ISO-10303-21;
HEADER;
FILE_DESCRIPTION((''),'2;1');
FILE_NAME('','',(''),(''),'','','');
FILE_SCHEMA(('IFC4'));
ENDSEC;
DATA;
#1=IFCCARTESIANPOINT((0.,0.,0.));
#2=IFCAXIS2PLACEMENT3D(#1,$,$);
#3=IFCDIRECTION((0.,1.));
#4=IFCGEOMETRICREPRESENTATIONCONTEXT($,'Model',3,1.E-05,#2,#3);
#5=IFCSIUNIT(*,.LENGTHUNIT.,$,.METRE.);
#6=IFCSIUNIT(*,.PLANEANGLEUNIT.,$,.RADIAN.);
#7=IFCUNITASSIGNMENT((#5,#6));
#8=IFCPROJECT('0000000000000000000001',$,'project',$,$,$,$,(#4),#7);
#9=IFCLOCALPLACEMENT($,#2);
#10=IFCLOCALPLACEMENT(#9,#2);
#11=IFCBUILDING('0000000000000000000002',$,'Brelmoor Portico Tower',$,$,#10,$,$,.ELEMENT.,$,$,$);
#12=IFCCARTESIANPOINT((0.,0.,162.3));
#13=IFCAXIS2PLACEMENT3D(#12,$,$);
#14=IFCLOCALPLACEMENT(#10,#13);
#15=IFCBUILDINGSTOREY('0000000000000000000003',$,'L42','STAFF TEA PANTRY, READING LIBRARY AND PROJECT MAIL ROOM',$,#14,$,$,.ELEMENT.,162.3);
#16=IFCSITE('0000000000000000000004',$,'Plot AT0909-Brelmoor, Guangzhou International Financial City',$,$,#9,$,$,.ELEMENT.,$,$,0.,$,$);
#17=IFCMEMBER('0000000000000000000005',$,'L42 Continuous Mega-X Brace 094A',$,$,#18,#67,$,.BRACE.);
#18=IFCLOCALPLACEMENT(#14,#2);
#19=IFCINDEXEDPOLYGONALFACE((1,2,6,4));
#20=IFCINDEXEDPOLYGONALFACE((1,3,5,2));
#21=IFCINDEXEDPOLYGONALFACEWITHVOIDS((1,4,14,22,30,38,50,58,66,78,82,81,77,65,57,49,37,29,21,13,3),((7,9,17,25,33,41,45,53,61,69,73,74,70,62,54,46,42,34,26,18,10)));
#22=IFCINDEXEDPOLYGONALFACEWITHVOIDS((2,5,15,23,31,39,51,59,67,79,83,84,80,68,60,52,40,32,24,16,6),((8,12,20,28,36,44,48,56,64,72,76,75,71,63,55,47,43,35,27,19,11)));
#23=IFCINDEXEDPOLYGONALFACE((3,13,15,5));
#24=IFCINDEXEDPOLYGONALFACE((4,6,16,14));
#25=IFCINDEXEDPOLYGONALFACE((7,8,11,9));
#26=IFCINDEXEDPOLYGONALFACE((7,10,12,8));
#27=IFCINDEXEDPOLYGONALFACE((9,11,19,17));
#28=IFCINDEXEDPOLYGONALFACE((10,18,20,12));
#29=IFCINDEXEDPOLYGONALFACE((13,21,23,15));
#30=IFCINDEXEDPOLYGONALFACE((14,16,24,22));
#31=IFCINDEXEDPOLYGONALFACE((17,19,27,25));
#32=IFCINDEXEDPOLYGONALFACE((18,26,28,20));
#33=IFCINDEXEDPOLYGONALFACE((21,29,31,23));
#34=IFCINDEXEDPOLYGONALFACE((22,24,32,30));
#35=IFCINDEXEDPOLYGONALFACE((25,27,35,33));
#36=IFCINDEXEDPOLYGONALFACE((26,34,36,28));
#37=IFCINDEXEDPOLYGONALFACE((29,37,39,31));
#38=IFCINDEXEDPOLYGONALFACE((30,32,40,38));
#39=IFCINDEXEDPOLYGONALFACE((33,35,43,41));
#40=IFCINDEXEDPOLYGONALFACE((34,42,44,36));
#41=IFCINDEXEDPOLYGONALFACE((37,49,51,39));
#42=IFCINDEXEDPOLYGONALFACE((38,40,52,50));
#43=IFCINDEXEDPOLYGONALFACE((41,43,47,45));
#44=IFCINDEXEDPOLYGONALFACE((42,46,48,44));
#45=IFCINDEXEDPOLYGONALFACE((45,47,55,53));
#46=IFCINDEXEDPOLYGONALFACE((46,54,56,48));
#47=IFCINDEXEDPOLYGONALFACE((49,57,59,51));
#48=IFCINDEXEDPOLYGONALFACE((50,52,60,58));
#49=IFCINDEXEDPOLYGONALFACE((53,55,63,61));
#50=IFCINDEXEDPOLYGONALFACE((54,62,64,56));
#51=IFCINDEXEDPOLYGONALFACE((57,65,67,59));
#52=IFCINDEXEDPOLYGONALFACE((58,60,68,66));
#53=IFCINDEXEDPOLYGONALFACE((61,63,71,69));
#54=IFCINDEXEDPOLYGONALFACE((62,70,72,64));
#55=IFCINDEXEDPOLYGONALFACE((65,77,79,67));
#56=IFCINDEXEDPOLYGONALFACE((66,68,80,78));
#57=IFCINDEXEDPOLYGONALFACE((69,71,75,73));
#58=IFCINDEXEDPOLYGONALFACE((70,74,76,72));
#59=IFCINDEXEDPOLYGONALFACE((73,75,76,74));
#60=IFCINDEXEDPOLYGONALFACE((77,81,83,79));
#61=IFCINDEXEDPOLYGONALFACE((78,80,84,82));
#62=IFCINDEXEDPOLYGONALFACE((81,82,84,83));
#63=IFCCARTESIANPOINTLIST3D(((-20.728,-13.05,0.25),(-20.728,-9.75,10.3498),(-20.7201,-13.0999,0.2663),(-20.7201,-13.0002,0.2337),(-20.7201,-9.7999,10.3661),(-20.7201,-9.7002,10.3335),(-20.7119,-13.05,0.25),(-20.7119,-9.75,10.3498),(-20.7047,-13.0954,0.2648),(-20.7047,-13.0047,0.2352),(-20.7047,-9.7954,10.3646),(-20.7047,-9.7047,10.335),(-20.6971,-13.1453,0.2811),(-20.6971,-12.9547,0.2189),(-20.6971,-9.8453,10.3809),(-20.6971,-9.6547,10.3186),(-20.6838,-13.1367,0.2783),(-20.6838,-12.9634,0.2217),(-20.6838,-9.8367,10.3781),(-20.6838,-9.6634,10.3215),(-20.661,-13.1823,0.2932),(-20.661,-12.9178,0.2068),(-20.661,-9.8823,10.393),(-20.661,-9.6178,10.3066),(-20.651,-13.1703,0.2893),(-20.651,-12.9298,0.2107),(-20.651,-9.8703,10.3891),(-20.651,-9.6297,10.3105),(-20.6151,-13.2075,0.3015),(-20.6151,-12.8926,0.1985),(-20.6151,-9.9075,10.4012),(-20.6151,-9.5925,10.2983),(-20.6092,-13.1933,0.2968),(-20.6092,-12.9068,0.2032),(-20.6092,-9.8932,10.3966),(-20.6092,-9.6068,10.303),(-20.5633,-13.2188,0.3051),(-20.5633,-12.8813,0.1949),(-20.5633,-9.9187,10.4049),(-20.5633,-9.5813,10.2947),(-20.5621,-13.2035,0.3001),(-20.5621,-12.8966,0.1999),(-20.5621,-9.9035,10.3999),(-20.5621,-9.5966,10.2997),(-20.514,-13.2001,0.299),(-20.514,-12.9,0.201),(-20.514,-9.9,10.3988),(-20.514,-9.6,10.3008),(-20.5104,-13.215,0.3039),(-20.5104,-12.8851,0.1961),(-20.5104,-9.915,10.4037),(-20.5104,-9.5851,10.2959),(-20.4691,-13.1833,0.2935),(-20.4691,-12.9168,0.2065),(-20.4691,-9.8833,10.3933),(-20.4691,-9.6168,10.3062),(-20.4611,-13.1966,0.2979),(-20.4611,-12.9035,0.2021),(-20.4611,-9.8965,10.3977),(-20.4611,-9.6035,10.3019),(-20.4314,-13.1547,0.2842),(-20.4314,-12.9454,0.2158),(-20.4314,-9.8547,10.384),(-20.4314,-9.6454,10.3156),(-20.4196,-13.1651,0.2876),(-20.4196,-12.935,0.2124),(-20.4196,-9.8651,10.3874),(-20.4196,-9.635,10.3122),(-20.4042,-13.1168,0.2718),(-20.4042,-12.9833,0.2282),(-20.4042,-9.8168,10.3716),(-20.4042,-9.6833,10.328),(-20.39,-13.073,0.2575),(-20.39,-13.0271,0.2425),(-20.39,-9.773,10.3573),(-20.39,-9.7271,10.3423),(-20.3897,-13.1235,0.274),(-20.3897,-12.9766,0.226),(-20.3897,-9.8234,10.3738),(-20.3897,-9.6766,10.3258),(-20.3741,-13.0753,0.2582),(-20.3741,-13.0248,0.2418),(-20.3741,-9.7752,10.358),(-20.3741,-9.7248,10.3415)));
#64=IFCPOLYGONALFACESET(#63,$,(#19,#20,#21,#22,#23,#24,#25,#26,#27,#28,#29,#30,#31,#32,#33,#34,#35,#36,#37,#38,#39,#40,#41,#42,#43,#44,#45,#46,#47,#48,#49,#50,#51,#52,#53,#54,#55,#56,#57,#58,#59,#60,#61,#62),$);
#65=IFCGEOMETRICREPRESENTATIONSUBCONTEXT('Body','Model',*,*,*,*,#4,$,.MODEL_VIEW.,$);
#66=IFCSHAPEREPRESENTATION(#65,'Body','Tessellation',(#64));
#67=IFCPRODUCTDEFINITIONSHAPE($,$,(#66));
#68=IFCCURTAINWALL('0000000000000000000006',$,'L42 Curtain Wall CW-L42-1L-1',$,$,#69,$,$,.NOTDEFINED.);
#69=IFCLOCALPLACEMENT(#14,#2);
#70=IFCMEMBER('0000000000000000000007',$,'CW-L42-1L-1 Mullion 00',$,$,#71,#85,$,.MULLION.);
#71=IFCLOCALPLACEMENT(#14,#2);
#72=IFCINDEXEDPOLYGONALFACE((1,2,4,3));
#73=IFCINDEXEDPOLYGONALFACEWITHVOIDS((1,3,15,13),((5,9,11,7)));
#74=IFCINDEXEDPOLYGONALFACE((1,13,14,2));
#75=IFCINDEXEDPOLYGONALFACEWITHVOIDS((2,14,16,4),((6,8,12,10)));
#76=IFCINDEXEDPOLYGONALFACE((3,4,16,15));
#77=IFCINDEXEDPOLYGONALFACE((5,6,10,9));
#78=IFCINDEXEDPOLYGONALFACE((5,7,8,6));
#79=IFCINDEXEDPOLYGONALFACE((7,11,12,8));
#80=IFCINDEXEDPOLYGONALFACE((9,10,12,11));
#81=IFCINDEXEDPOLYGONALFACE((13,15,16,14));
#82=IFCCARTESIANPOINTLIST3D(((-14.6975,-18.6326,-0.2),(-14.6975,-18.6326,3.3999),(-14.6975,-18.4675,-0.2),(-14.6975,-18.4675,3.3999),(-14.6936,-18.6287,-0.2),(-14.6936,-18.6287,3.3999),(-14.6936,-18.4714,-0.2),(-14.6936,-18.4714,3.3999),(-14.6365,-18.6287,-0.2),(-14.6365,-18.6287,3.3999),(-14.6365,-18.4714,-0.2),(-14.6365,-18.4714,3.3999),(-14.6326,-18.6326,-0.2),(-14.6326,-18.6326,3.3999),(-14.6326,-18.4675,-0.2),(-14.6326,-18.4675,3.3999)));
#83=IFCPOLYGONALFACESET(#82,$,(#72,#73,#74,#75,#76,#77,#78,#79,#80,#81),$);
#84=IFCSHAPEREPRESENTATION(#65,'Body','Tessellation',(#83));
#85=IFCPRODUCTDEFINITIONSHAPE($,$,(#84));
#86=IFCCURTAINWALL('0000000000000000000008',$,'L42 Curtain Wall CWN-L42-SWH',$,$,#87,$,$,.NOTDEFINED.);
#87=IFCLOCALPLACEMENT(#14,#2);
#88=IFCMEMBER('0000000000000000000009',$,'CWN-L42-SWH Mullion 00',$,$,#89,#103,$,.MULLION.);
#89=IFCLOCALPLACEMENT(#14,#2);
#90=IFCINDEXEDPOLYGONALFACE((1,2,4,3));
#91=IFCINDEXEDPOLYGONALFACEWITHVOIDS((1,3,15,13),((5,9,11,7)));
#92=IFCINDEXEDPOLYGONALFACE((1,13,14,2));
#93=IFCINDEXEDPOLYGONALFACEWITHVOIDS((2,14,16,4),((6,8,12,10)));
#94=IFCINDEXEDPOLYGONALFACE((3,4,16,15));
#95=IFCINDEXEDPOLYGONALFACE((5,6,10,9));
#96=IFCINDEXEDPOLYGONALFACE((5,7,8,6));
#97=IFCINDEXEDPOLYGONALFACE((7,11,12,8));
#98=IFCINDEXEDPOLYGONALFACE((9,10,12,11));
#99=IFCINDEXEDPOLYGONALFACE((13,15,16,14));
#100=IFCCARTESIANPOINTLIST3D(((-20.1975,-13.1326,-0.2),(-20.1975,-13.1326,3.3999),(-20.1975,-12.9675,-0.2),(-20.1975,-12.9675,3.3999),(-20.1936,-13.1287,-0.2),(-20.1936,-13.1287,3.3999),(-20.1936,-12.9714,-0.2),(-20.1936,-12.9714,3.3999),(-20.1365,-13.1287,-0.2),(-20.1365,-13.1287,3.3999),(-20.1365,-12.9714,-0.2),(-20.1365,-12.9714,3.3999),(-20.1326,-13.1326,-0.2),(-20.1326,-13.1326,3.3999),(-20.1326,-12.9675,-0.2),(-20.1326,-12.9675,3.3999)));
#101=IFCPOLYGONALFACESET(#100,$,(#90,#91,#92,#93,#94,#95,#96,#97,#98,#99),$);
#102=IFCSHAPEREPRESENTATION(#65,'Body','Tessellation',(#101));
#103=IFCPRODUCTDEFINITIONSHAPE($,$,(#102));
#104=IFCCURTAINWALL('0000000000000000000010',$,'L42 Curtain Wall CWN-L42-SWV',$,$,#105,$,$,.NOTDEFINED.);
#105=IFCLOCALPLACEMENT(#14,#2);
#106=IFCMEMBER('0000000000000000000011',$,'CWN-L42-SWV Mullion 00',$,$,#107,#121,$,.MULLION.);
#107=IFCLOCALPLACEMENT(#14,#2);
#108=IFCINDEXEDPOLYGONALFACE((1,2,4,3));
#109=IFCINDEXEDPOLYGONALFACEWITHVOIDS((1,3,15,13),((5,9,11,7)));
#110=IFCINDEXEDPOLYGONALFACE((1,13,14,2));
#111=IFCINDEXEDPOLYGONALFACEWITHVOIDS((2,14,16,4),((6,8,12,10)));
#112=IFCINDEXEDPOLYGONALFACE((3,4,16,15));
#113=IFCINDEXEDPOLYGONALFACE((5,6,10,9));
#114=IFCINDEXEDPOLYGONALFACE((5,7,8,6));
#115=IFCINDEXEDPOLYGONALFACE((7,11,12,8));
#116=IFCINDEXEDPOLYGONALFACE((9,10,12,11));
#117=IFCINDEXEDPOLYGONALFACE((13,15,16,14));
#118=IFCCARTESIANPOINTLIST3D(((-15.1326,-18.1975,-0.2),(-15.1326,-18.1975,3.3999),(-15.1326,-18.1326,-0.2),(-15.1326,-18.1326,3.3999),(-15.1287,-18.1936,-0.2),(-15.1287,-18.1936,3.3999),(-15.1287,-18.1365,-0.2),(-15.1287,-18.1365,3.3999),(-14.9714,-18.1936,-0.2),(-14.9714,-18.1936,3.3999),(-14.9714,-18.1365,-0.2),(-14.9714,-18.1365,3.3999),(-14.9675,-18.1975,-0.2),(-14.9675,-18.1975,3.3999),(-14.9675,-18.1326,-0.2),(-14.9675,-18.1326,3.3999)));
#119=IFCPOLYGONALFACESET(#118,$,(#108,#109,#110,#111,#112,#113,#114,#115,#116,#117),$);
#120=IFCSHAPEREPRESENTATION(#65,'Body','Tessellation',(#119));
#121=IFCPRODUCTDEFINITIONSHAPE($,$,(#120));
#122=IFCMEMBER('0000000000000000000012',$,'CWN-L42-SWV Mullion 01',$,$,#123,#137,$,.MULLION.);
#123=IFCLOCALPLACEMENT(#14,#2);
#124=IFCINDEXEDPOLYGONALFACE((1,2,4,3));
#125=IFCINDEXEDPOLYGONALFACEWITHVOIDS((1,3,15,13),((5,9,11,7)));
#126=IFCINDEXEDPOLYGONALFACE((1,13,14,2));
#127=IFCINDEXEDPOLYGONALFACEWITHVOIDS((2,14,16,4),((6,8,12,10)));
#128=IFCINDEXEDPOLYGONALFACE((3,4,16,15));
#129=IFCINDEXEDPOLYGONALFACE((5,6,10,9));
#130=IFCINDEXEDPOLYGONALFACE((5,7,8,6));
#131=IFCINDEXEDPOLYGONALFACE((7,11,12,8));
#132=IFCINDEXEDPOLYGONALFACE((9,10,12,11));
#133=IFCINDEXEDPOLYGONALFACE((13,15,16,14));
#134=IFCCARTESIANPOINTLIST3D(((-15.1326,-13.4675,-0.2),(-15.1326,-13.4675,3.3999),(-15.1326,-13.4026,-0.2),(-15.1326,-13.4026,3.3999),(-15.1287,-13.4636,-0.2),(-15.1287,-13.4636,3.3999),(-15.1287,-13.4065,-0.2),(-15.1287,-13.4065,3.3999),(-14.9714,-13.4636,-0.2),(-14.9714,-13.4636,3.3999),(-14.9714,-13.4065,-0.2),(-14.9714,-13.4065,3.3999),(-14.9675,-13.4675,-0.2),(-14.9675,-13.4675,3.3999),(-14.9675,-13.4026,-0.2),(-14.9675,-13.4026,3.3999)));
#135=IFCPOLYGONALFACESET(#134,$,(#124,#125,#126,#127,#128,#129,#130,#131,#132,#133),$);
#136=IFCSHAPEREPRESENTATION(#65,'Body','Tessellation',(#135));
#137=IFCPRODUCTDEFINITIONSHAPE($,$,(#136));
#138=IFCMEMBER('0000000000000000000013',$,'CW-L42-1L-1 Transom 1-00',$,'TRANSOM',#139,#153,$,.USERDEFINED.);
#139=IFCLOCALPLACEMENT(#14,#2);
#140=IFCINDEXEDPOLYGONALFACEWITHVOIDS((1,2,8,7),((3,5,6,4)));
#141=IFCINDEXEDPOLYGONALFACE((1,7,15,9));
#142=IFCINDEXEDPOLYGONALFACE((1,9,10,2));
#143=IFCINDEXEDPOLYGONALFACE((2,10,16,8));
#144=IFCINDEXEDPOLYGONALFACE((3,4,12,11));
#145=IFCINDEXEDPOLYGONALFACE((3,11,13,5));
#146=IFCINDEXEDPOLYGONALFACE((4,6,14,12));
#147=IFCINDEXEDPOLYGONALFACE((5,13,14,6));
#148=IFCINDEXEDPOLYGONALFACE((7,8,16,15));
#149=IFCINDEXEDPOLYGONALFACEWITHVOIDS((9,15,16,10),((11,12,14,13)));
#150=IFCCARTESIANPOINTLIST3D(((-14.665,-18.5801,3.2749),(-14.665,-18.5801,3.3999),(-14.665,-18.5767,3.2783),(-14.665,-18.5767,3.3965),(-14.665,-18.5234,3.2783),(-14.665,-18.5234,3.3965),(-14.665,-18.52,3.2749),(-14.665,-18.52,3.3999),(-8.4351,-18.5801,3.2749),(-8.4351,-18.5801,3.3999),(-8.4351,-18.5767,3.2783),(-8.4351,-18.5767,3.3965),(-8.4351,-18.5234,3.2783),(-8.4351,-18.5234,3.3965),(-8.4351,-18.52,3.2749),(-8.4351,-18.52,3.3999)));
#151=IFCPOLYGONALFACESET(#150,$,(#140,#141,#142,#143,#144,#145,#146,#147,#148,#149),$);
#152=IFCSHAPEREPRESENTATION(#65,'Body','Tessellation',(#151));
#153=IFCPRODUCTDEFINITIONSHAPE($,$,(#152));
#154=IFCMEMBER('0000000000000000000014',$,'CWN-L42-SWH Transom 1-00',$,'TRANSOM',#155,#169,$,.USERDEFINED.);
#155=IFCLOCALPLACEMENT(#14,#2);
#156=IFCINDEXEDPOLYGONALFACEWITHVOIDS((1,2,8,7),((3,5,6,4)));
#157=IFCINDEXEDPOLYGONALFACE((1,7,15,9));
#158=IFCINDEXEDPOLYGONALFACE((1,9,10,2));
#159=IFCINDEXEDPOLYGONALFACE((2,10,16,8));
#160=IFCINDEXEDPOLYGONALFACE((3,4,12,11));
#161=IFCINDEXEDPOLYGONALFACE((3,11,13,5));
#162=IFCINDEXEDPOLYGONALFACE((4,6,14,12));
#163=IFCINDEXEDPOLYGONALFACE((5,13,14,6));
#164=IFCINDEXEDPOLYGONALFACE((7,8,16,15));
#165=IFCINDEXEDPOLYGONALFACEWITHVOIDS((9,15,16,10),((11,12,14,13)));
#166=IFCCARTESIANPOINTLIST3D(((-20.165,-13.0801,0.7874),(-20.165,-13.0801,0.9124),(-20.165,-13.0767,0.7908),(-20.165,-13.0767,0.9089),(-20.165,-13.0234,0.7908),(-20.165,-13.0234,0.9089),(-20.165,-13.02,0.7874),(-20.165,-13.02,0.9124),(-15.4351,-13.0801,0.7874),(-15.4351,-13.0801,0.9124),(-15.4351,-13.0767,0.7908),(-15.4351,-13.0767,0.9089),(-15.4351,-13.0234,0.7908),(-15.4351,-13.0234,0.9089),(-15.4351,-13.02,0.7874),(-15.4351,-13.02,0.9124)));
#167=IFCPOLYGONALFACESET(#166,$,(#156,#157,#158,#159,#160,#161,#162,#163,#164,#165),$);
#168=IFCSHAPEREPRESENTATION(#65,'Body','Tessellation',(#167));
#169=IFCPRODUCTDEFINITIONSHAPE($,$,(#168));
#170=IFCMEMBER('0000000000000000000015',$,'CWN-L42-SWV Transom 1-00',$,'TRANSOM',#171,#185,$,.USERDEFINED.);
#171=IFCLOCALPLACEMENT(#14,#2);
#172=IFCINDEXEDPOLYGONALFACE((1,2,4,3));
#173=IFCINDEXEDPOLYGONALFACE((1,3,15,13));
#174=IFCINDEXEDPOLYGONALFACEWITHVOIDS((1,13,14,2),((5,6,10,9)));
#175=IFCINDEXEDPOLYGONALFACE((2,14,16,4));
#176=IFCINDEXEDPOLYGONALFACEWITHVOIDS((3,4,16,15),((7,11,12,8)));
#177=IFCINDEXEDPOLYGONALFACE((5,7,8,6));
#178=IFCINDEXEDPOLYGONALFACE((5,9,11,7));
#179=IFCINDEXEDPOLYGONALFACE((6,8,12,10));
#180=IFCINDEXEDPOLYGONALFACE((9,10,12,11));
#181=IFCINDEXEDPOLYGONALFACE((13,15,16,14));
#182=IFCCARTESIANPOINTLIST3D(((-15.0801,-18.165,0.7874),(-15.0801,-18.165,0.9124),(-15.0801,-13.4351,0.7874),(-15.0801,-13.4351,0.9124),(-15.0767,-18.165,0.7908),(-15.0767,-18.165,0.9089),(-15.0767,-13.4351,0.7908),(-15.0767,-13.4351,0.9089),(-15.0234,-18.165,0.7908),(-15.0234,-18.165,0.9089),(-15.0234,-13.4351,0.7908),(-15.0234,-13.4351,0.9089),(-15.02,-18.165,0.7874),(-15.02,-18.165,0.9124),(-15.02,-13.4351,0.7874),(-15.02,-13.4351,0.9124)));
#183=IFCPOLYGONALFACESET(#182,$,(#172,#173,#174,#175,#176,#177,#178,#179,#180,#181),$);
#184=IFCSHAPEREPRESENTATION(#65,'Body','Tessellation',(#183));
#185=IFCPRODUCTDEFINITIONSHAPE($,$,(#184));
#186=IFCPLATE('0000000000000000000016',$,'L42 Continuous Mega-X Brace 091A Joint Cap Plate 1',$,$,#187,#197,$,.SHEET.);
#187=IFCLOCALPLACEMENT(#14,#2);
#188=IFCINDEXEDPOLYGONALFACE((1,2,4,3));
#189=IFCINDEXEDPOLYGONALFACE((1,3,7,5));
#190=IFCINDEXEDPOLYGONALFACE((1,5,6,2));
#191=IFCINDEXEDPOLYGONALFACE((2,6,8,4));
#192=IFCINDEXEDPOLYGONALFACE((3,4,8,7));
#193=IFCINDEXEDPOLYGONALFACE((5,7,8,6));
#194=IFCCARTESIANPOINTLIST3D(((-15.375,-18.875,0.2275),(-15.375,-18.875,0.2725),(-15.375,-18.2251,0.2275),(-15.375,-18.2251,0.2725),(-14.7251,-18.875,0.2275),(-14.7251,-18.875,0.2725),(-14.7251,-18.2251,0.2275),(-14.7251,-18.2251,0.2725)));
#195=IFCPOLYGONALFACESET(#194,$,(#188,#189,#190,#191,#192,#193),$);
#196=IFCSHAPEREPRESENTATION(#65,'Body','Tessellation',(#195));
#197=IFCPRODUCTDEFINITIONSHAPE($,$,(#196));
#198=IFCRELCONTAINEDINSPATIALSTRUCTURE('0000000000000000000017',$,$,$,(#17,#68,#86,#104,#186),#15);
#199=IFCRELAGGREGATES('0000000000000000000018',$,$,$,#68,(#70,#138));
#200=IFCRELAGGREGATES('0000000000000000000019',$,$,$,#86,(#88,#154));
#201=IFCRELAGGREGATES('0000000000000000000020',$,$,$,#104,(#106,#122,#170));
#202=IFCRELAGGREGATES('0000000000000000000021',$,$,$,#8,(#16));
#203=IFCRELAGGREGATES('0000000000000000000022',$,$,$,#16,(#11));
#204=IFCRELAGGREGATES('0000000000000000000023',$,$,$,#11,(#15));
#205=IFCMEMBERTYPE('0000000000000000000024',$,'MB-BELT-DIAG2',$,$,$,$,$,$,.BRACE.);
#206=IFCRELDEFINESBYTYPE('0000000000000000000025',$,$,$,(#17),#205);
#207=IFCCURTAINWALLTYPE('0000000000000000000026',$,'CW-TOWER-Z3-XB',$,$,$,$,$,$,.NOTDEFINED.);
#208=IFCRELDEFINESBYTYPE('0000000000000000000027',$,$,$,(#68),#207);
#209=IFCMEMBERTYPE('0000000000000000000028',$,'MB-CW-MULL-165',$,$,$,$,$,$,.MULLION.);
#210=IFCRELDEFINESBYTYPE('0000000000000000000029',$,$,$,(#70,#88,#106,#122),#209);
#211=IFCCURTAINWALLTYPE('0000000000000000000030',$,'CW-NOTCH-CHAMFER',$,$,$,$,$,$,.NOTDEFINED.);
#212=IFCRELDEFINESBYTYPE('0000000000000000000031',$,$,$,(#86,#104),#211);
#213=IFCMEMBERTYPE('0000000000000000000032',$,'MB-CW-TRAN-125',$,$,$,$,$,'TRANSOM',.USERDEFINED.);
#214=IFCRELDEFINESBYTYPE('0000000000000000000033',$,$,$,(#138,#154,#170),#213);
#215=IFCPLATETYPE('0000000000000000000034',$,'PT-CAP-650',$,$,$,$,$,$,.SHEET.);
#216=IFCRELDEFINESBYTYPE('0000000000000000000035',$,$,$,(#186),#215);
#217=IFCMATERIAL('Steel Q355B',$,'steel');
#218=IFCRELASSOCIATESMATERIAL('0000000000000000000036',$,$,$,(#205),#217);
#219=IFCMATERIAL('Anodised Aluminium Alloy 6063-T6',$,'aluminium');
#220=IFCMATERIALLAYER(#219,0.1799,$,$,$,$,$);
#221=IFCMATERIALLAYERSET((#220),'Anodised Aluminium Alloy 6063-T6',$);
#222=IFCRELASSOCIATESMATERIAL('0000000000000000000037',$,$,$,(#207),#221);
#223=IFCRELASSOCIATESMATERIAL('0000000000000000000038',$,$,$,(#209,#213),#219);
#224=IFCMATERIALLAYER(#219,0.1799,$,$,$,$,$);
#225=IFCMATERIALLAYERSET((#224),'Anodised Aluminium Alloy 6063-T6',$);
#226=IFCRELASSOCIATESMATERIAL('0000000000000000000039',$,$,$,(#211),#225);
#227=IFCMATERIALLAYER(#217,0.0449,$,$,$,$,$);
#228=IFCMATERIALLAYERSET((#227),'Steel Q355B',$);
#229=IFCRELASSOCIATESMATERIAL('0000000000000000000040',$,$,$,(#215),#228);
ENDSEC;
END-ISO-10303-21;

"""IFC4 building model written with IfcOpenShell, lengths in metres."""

from ifc_helpers import new_model, si_unit, direction, frame, origin, origin_2d, place, context, subcontext, project, spatial, rectangle, hollow_rectangle, hollow_circle, extrude, material, layer, layer_set, material_profile, profile_set, type_object, element, aggregate, save


model = new_model("IFC4")

# Units and contexts
model_context = context("Model", 3, precision=1e-05, world=origin(), true_north=direction((0.0, 1.0)))
body_context = subcontext(model_context, "Body", "Model", "MODEL_VIEW")
ifc_project = project(units=[si_unit("LENGTHUNIT", "METRE"), si_unit("PLANEANGLEUNIT", "RADIAN")], contexts=[model_context])

# Site, building, storey
site_placement = place(None, origin())
site = spatial("IfcSite", under=ifc_project, at=site_placement, Name="Plot AT0909-Brelmoor, Guangzhou International Financial City", CompositionType="ELEMENT", RefElevation=0.0)
building_placement = place(site_placement, origin())
building = spatial("IfcBuilding", under=site, at=building_placement, Name="Brelmoor Portico Tower", CompositionType="ELEMENT")
storey_placement = place(building_placement, frame((0.0, 0.0, 162.3)))
storey = spatial("IfcBuildingStorey", under=building, at=storey_placement, Name="L42", Description="STAFF TEA PANTRY, READING LIBRARY AND PROJECT MAIL ROOM", CompositionType="ELEMENT", Elevation=162.3)

# Shared definitions
ifc_material_1 = material(Name="Steel Q355B", Category="steel")

# Member
ifc_material_profile_1 = material_profile(ifc_material_1, hollow_circle(Radius=0.178, WallThickness=0.0161, at=origin_2d()), Name="CHS 356x16")
ifc_profile_set_1 = profile_set([ifc_material_profile_1], Name="Steel Q355B")
member_type_1 = type_object("IfcMemberType", Name="MB-BELT-DIAG2", PredefinedType="BRACE", material=ifc_profile_set_1)
member_1_placement = place(storey_placement, frame((-20.55, -13.05, 0.25), z_axis=(0.0, 0.310584, 0.950546), x_axis=(-1.0, 0.0, 0.0)))
element("IfcMember", 1, at=member_1_placement, inside=storey, type_object=member_type_1, Name="L42 Continuous Mega-X Brace 094A", PredefinedType="BRACE", context=body_context, shape_type="SweptSolid", body=[
    extrude(hollow_circle(Radius=0.178, WallThickness=0.0161, at=origin_2d()), origin(), (0.0, 0.0, 1.0), 10.6252),
])

# Curtain walls, members
ifc_material_2 = material(Name="Anodised Aluminium Alloy 6063-T6", Category="aluminium")
ifc_layer_1 = layer(ifc_material_2, 0.1799)
ifc_layer_set_1 = layer_set([ifc_layer_1], Name="Anodised Aluminium Alloy 6063-T6")
curtain_wall_type_1 = type_object("IfcCurtainWallType", Name="CW-TOWER-Z3-XB", PredefinedType="NOTDEFINED", material=ifc_layer_set_1)
curtain_wall_1_placement = place(storey_placement, origin())
curtain_wall_1 = element("IfcCurtainWall", 2, at=curtain_wall_1_placement, inside=storey, type_object=curtain_wall_type_1, Name="L42 Curtain Wall CW-L42-1L-1", PredefinedType="NOTDEFINED")
ifc_material_profile_2 = material_profile(ifc_material_2, hollow_rectangle(XDim=0.0649, YDim=0.165, WallThickness=0.0039, at=origin_2d()), Name="ALU MULLION 65x165")
ifc_profile_set_2 = profile_set([ifc_material_profile_2], Name="Anodised Aluminium Alloy 6063-T6")
member_type_2 = type_object("IfcMemberType", Name="MB-CW-MULL-165", PredefinedType="MULLION", material=ifc_profile_set_2)
member_2_placement = place(storey_placement, frame((-14.665, -18.55, -0.2), z_axis=(0.0, 0.0, 1.0), x_axis=(1.0, 0.0, 0.0)))
member_2 = element("IfcMember", 3, at=member_2_placement, type_object=member_type_2, Name="CW-L42-1L-1 Mullion 00", PredefinedType="MULLION", context=body_context, shape_type="SweptSolid", body=[
    extrude(hollow_rectangle(XDim=0.0649, YDim=0.165, WallThickness=0.0039, at=origin_2d()), origin(), (0.0, 0.0, 1.0), 3.5999),
])
ifc_layer_2 = layer(ifc_material_2, 0.1799)
ifc_layer_set_2 = layer_set([ifc_layer_2], Name="Anodised Aluminium Alloy 6063-T6")
curtain_wall_type_2 = type_object("IfcCurtainWallType", Name="CW-NOTCH-CHAMFER", PredefinedType="NOTDEFINED", material=ifc_layer_set_2)
curtain_wall_2_placement = place(storey_placement, origin())
curtain_wall_2 = element("IfcCurtainWall", 4, at=curtain_wall_2_placement, inside=storey, type_object=curtain_wall_type_2, Name="L42 Curtain Wall CWN-L42-SWH", PredefinedType="NOTDEFINED")
member_3_placement = place(storey_placement, frame((-20.165, -13.05, -0.2), z_axis=(0.0, 0.0, 1.0), x_axis=(1.0, 0.0, 0.0)))
member_3 = element("IfcMember", 5, at=member_3_placement, type_object=member_type_2, Name="CWN-L42-SWH Mullion 00", PredefinedType="MULLION", context=body_context, shape_type="SweptSolid", body=[
    extrude(hollow_rectangle(XDim=0.0649, YDim=0.165, WallThickness=0.0039, at=origin_2d()), origin(), (0.0, 0.0, 1.0), 3.5999),
])

# Curtain wall, members
curtain_wall_3_placement = place(storey_placement, origin())
curtain_wall_3 = element("IfcCurtainWall", 6, at=curtain_wall_3_placement, inside=storey, type_object=curtain_wall_type_2, Name="L42 Curtain Wall CWN-L42-SWV", PredefinedType="NOTDEFINED")
member_4_placement = place(storey_placement, frame((-15.05, -18.165, -0.2), z_axis=(0.0, 0.0, 1.0), x_axis=(0.0, 1.0, 0.0)))
member_4 = element("IfcMember", 7, at=member_4_placement, type_object=member_type_2, Name="CWN-L42-SWV Mullion 00", PredefinedType="MULLION", context=body_context, shape_type="SweptSolid", body=[
    extrude(hollow_rectangle(XDim=0.0649, YDim=0.165, WallThickness=0.0039, at=origin_2d()), origin(), (0.0, 0.0, 1.0), 3.5999),
])
member_5_placement = place(storey_placement, frame((-15.05, -13.4351, -0.2), z_axis=(0.0, 0.0, 1.0), x_axis=(0.0, 1.0, 0.0)))
member_5 = element("IfcMember", 8, at=member_5_placement, type_object=member_type_2, Name="CWN-L42-SWV Mullion 01", PredefinedType="MULLION", context=body_context, shape_type="SweptSolid", body=[
    extrude(hollow_rectangle(XDim=0.0649, YDim=0.165, WallThickness=0.0039, at=origin_2d()), origin(), (0.0, 0.0, 1.0), 3.5999),
])

# Members
ifc_material_profile_3 = material_profile(ifc_material_2, hollow_rectangle(XDim=0.0601, YDim=0.125, WallThickness=0.0034, at=origin_2d()), Name="ALU TRANSOM 60x125")
ifc_profile_set_3 = profile_set([ifc_material_profile_3], Name="Anodised Aluminium Alloy 6063-T6")
member_type_3 = type_object("IfcMemberType", Name="MB-CW-TRAN-125", ElementType="TRANSOM", PredefinedType="USERDEFINED", material=ifc_profile_set_3)
member_6_placement = place(storey_placement, frame((-14.665, -18.55, 3.3374), z_axis=(1.0, 0.0, 0.0), x_axis=(0.0, 1.0, 0.0)))
member_6 = element("IfcMember", 9, at=member_6_placement, type_object=member_type_3, Name="CW-L42-1L-1 Transom 1-00", ObjectType="TRANSOM", PredefinedType="USERDEFINED", context=body_context, shape_type="SweptSolid", body=[
    extrude(hollow_rectangle(XDim=0.0601, YDim=0.125, WallThickness=0.0034, at=origin_2d()), origin(), (0.0, 0.0, 1.0), 6.23),
])
aggregate(curtain_wall_1, [member_2, member_6])
member_7_placement = place(storey_placement, frame((-20.165, -13.05, 0.8499), z_axis=(1.0, 0.0, 0.0), x_axis=(0.0, 1.0, 0.0)))
member_7 = element("IfcMember", 10, at=member_7_placement, type_object=member_type_3, Name="CWN-L42-SWH Transom 1-00", ObjectType="TRANSOM", PredefinedType="USERDEFINED", context=body_context, shape_type="SweptSolid", body=[
    extrude(hollow_rectangle(XDim=0.0601, YDim=0.125, WallThickness=0.0034, at=origin_2d()), origin(), (0.0, 0.0, 1.0), 4.73),
])
member_8_placement = place(storey_placement, frame((-15.05, -18.165, 0.8499), z_axis=(0.0, 1.0, 0.0), x_axis=(-1.0, 0.0, 0.0)))
member_8 = element("IfcMember", 11, at=member_8_placement, type_object=member_type_3, Name="CWN-L42-SWV Transom 1-00", ObjectType="TRANSOM", PredefinedType="USERDEFINED", context=body_context, shape_type="SweptSolid", body=[
    extrude(hollow_rectangle(XDim=0.0601, YDim=0.125, WallThickness=0.0034, at=origin_2d()), origin(), (0.0, 0.0, 1.0), 4.73),
])

# Plate
ifc_layer_3 = layer(ifc_material_1, 0.0449)
ifc_layer_set_3 = layer_set([ifc_layer_3], Name="Steel Q355B")
plate_type_1 = type_object("IfcPlateType", Name="PT-CAP-650", PredefinedType="SHEET", material=ifc_layer_set_3)
for number, where, z_axis, x_axis, name in (
    (12, (-15.05, -18.55, 0.2275), (0.0, 0.0, 1.0), (1.0, 0.0, 0.0), "L42 Continuous Mega-X Brace 091A Joint Cap Plate 1"),
):
    element("IfcPlate", number, at=place(storey_placement, frame(where, z_axis=z_axis, x_axis=x_axis)), inside=storey, type_object=plate_type_1, Name=name, PredefinedType="SHEET", context=body_context, shape_type="SweptSolid", body=[
        extrude(rectangle(XDim=0.6499, YDim=0.6499, at=origin_2d()), origin(), (0.0, 0.0, 1.0), 0.0449),
    ])

aggregate(curtain_wall_2, [member_3, member_7])
aggregate(curtain_wall_3, [member_4, member_5, member_8])

save(model, "model.ifc")
